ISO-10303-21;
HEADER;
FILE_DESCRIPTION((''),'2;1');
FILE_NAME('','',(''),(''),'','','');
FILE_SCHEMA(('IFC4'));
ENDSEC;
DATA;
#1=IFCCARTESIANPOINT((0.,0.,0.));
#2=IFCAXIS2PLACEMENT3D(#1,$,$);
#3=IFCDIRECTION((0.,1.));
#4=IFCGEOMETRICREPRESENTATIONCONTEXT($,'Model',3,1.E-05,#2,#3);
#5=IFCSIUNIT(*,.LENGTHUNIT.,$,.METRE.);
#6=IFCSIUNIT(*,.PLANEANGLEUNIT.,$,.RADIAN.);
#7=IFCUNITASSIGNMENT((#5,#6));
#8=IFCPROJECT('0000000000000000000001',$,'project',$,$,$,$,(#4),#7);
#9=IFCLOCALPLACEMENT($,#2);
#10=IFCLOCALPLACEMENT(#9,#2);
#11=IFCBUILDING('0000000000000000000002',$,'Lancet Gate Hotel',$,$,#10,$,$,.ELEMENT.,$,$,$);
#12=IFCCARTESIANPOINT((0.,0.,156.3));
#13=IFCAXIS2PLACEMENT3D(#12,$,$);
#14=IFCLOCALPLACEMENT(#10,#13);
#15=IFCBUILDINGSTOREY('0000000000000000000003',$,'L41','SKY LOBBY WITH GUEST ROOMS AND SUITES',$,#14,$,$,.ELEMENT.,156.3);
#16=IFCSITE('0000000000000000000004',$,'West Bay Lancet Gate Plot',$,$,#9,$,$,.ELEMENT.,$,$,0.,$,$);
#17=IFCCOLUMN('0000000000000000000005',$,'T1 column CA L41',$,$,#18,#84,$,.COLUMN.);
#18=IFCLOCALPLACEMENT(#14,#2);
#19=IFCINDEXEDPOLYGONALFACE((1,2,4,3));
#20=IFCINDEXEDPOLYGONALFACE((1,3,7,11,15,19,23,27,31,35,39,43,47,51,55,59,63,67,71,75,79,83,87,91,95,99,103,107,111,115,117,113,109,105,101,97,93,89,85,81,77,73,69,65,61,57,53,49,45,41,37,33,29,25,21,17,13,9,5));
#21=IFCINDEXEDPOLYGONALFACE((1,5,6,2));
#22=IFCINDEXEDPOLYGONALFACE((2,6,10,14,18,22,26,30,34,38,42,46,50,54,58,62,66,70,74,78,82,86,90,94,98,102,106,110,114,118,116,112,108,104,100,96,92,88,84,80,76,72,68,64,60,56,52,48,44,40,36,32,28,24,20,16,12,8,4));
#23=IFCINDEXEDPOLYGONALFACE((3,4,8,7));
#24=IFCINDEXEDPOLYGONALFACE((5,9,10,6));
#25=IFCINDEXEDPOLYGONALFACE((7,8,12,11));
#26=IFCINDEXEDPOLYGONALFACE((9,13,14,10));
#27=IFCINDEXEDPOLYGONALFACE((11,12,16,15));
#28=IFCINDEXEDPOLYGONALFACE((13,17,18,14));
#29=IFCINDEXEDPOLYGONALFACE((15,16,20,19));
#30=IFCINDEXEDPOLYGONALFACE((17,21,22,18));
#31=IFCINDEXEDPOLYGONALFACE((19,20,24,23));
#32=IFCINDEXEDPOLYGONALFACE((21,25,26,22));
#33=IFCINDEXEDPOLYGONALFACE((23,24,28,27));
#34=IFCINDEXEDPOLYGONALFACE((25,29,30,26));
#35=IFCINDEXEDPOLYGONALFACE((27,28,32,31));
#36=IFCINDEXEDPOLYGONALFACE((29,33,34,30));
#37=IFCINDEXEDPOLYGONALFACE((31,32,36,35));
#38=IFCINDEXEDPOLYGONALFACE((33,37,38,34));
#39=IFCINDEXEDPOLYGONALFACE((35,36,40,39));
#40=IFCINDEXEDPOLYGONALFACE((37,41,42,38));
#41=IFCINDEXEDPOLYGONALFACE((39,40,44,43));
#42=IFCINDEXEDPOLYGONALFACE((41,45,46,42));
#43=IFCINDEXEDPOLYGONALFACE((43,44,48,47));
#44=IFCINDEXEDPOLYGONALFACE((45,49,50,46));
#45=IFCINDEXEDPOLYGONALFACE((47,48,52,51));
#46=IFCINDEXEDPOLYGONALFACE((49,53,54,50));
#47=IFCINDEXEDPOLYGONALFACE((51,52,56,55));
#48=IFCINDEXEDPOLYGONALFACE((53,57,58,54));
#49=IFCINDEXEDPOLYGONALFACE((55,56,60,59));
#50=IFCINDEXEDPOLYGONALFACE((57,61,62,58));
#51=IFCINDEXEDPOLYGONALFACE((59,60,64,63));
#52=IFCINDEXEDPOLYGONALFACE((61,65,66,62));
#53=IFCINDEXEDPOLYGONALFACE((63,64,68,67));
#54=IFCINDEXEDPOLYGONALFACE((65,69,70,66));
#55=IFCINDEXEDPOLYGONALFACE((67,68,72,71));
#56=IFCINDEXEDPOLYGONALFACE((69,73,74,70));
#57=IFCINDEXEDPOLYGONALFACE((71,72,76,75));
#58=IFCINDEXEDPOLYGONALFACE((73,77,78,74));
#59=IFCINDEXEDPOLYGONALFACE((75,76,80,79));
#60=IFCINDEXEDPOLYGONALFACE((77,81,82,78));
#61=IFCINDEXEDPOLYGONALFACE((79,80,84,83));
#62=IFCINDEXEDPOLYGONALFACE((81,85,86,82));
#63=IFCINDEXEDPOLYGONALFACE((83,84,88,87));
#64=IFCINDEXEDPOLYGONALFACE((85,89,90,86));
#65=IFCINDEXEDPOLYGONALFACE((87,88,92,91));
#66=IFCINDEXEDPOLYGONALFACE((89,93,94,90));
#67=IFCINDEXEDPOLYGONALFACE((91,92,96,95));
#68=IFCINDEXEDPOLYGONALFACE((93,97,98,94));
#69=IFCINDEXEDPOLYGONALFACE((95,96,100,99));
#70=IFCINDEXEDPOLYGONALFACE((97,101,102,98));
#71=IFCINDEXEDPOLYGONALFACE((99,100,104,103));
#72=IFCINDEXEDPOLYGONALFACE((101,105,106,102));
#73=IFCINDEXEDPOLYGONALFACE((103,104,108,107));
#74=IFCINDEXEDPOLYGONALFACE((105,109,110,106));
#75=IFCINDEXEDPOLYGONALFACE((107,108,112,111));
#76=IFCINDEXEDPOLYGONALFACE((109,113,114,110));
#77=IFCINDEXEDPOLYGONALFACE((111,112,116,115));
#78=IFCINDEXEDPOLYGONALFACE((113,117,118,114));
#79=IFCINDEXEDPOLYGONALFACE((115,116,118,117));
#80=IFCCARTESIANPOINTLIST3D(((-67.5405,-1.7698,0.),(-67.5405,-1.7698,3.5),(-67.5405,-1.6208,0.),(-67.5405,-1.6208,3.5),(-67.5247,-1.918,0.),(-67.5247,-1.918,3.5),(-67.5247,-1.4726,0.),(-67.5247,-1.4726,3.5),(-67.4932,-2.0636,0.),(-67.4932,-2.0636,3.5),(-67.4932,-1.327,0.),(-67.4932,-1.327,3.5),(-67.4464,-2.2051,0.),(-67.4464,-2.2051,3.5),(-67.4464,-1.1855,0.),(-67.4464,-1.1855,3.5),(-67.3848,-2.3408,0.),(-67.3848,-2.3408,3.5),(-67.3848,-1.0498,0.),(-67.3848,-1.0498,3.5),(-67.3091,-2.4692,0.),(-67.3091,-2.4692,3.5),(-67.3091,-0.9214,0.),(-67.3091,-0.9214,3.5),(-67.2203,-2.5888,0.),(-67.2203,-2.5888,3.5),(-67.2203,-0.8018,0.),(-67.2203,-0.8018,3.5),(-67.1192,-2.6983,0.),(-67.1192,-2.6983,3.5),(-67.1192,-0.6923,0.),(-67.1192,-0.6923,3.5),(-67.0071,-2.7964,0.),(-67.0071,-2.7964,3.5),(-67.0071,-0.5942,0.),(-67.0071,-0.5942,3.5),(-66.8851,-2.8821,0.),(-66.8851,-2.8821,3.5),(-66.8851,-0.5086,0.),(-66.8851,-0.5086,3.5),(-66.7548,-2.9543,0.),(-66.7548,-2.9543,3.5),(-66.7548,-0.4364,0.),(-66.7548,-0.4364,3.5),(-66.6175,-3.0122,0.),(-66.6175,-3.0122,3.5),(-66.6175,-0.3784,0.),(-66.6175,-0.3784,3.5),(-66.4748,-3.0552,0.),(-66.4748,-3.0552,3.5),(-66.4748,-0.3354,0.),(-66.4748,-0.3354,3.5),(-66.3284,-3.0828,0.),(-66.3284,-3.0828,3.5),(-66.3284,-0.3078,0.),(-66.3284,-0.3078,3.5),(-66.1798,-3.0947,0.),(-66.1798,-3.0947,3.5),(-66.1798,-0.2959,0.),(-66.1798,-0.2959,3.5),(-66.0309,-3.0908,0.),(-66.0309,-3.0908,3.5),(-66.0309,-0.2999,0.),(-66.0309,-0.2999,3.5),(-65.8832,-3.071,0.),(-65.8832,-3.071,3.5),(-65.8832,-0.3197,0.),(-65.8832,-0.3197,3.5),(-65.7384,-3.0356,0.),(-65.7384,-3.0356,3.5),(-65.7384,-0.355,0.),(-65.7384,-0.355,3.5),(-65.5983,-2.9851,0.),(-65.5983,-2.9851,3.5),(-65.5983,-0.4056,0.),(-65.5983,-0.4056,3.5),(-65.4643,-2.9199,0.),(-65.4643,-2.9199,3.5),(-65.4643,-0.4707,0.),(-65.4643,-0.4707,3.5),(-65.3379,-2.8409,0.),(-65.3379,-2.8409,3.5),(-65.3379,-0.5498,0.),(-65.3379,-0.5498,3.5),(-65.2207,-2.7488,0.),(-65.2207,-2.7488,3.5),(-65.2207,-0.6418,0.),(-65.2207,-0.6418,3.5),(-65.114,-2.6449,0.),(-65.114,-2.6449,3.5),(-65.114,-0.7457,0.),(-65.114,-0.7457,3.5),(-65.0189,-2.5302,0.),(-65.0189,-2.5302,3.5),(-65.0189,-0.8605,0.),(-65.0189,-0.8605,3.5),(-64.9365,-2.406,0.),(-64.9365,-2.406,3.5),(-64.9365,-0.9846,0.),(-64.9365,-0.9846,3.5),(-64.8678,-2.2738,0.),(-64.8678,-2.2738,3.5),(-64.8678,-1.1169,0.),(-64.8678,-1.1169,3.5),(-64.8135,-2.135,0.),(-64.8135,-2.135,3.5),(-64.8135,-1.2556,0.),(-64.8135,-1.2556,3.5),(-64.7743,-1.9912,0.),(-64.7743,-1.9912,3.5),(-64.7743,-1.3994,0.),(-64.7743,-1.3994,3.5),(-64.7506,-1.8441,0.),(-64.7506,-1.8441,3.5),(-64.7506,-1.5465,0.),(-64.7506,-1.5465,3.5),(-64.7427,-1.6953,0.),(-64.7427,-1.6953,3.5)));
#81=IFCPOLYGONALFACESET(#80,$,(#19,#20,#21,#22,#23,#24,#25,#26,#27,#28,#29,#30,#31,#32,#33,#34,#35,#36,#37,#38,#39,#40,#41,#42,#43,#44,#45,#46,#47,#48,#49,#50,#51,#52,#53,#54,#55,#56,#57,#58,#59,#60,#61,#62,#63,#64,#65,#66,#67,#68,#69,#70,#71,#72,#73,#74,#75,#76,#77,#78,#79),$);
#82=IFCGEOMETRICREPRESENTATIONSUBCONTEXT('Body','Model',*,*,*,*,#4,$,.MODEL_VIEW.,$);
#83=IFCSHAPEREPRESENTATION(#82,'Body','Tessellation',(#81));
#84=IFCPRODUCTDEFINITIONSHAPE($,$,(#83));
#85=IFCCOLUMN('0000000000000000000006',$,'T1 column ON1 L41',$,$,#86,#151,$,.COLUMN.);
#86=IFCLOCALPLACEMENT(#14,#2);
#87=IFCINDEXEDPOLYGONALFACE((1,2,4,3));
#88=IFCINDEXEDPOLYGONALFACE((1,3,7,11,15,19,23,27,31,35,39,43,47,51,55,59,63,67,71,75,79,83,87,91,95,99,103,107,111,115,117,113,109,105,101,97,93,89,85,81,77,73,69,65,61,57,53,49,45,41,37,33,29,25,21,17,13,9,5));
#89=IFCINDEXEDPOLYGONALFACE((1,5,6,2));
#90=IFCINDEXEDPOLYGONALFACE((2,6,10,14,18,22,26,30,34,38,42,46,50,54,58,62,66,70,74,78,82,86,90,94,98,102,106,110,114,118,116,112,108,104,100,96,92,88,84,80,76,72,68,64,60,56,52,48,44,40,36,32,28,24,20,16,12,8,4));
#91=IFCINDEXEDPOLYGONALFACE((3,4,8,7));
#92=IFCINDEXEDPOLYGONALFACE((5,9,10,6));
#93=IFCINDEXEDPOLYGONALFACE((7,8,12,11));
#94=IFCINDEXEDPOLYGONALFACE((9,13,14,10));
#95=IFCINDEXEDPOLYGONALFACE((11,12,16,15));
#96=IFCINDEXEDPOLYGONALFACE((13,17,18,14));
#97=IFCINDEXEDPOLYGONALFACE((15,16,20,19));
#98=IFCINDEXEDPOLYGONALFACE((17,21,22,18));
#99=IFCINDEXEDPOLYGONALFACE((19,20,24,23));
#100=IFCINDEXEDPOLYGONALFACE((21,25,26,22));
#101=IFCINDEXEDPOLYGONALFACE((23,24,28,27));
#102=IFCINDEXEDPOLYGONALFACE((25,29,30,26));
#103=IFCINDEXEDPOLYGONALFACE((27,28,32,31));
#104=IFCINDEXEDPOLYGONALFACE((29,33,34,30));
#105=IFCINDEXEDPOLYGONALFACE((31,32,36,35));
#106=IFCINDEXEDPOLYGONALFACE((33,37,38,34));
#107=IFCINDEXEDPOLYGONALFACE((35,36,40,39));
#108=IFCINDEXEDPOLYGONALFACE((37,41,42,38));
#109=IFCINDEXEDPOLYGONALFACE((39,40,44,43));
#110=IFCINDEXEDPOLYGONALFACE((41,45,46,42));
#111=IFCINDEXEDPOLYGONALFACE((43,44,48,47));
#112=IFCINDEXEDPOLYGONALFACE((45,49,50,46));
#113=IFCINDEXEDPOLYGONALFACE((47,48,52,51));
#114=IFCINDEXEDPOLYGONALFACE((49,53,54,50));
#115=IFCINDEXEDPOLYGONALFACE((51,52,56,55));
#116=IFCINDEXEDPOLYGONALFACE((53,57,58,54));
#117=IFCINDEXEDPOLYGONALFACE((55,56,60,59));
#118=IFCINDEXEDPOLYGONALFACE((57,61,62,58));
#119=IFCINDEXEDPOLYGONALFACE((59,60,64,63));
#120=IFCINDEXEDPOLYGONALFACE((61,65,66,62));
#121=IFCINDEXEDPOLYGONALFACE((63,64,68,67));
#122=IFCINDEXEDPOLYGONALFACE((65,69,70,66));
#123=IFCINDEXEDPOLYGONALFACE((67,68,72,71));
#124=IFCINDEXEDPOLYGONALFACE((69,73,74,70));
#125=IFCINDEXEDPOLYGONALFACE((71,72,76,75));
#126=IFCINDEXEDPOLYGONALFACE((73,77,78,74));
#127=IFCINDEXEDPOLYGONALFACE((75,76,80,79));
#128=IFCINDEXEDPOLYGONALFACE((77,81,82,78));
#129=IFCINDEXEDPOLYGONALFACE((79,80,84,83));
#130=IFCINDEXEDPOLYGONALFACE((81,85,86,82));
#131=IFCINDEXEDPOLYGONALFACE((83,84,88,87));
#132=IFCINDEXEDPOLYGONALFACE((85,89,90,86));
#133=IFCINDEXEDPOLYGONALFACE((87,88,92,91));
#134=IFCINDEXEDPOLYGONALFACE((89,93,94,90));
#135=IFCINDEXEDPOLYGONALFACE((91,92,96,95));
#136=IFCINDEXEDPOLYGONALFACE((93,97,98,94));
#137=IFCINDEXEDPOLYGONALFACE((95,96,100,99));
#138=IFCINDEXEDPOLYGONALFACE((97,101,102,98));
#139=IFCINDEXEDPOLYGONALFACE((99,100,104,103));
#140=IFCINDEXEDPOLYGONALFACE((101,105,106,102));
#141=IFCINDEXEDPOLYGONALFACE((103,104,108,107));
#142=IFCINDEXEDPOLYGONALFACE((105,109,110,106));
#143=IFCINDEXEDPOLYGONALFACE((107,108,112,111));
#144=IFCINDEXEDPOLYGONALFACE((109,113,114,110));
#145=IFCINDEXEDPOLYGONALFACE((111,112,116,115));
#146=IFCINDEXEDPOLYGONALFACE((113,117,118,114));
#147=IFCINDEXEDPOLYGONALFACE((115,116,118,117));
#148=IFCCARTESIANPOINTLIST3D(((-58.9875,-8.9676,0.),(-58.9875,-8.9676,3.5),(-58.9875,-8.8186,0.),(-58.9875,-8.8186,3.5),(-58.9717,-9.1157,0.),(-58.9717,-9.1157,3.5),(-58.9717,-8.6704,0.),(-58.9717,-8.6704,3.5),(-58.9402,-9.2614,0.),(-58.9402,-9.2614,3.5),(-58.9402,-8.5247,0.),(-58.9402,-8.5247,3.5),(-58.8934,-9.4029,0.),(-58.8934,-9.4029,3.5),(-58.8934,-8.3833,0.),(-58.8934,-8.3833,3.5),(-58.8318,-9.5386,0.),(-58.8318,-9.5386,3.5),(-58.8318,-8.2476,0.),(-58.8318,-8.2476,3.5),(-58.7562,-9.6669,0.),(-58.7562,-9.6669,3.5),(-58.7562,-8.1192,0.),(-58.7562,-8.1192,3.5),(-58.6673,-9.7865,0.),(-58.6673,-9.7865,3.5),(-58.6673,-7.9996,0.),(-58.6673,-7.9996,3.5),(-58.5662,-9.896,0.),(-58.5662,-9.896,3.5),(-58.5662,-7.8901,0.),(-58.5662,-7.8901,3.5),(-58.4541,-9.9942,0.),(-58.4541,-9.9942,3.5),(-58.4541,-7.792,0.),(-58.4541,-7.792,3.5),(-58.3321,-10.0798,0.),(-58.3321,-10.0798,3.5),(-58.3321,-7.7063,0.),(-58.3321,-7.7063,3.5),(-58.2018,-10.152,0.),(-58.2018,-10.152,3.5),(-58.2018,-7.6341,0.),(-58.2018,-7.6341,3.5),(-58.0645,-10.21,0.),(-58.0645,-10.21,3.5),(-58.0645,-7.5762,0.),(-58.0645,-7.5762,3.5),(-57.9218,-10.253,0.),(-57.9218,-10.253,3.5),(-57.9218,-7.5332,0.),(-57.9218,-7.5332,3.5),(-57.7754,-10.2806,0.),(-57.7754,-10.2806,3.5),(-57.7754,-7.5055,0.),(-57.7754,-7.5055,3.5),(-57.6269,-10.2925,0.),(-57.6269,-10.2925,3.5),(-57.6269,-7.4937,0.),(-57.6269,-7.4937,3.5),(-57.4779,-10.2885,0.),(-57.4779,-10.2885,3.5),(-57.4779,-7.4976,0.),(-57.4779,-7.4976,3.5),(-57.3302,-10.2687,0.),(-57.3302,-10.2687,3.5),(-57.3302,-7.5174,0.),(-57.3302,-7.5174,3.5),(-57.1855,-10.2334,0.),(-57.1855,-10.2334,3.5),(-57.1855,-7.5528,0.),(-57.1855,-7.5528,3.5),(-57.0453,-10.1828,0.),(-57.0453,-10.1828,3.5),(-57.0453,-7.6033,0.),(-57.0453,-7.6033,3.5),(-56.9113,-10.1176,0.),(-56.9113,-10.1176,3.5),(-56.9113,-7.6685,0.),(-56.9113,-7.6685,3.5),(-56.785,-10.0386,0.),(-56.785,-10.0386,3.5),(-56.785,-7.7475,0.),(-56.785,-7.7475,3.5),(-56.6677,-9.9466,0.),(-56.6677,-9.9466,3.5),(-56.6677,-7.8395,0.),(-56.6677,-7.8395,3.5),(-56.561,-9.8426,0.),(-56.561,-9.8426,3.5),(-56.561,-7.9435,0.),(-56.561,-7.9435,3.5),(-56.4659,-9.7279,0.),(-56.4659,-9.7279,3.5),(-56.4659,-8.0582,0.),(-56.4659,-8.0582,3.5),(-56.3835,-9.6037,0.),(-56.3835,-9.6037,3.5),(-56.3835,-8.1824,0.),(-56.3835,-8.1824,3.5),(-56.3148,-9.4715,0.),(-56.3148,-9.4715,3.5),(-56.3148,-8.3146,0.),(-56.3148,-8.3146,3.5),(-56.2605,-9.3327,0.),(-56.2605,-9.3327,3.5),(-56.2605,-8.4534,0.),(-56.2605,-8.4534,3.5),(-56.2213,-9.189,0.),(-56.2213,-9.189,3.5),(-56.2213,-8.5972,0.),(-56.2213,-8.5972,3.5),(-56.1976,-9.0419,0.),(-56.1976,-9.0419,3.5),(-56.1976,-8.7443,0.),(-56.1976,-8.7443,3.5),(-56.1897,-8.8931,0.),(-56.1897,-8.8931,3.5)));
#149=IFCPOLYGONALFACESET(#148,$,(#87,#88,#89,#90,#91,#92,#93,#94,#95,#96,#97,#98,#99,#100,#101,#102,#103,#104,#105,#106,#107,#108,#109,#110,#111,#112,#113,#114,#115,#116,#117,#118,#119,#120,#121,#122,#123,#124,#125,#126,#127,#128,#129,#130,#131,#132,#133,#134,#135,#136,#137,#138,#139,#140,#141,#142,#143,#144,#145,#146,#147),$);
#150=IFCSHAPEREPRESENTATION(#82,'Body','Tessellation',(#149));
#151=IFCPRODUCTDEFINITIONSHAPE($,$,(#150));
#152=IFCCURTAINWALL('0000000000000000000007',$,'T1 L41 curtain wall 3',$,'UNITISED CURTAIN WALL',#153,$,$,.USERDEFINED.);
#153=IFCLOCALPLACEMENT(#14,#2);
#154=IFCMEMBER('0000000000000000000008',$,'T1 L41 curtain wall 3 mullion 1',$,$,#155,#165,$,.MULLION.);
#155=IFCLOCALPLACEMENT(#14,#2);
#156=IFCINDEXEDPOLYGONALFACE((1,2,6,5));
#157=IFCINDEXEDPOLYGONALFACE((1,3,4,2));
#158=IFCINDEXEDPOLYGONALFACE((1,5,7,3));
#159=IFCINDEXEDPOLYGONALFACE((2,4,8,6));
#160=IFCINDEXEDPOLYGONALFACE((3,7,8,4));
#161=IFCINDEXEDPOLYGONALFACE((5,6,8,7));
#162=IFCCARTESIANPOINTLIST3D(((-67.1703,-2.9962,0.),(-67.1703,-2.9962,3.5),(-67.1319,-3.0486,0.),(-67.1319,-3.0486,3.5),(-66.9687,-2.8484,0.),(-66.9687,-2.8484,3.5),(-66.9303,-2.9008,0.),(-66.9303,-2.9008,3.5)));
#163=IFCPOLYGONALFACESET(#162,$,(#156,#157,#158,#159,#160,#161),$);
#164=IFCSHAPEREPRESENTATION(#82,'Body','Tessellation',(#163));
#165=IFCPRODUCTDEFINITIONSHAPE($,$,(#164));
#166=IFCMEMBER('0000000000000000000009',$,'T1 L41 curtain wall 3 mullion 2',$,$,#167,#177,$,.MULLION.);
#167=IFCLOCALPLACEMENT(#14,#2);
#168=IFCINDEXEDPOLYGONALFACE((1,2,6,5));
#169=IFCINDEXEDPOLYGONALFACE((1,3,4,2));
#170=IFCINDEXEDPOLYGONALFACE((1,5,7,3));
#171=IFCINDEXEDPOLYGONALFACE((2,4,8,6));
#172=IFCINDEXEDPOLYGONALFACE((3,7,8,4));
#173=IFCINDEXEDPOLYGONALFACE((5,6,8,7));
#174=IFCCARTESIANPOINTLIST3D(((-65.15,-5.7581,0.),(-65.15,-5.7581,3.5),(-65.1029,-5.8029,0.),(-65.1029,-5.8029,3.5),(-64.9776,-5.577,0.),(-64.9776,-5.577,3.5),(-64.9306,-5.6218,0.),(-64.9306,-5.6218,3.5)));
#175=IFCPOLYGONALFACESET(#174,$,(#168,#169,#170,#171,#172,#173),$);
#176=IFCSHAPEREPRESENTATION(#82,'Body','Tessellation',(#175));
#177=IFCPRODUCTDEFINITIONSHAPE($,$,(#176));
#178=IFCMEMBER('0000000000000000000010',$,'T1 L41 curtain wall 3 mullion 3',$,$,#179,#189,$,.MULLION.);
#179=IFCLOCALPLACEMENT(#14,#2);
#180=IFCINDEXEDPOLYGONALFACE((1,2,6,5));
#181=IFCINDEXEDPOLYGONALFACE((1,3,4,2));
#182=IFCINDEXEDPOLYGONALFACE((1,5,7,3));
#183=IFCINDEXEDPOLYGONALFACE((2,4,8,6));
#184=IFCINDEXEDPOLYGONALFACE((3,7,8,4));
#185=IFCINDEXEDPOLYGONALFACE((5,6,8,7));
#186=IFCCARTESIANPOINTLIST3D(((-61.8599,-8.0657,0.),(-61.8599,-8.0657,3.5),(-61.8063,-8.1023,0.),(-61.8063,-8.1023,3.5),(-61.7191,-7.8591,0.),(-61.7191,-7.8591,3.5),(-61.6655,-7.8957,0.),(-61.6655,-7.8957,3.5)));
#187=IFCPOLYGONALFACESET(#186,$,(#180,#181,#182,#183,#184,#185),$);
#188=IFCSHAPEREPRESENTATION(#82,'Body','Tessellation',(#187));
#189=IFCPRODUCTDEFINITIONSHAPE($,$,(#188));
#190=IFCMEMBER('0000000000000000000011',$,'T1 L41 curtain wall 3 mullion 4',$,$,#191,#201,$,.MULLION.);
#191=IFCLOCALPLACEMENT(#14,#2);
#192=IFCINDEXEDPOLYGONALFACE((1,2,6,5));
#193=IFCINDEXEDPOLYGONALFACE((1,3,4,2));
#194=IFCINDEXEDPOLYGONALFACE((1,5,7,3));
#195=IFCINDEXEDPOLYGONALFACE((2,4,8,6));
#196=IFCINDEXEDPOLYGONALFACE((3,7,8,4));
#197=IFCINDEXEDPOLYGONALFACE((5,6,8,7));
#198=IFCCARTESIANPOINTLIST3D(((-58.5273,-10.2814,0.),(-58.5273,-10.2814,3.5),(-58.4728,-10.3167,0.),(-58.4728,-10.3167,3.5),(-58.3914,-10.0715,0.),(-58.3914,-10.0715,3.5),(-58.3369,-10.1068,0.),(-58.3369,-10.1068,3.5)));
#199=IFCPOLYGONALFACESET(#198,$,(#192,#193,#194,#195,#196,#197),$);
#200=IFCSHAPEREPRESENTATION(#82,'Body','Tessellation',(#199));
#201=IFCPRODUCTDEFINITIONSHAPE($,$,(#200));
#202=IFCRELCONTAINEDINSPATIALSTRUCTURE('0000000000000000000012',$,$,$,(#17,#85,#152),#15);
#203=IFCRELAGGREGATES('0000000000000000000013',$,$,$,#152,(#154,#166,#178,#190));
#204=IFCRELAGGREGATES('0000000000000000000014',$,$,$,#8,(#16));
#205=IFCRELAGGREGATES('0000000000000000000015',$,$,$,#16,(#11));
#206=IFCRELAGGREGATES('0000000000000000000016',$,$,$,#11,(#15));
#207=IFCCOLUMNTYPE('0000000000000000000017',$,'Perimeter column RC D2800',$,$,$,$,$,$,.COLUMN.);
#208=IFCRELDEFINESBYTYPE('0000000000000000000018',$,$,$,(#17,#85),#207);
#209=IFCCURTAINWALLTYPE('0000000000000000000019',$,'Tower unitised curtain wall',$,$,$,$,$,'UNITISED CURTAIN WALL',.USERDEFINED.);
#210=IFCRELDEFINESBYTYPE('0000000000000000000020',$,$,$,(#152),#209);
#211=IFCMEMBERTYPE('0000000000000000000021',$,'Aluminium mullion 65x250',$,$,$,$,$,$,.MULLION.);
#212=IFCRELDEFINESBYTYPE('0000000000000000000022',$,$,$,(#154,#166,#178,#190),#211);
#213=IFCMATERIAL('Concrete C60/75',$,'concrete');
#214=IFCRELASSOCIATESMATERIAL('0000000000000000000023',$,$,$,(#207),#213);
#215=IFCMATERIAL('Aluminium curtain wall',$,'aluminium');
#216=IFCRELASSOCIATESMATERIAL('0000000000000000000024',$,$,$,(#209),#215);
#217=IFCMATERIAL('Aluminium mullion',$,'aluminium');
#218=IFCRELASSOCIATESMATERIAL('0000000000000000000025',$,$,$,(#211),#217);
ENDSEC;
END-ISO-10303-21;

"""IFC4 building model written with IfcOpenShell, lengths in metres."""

from ifc_helpers import new_model, si_unit, direction, frame, origin, origin_2d, place, context, subcontext, project, spatial, rectangle, circle, extrude, material, material_profile, profile_set, type_object, element, aggregate, save


model = new_model("IFC4")

# Units and contexts
model_context = context("Model", 3, precision=1e-05, world=origin(), true_north=direction((0.0, 1.0)))
body_context = subcontext(model_context, "Body", "Model", "MODEL_VIEW")
ifc_project = project(units=[si_unit("LENGTHUNIT", "METRE"), si_unit("PLANEANGLEUNIT", "RADIAN")], contexts=[model_context])

# Site, building, storey
site_placement = place(None, origin())
site = spatial("IfcSite", under=ifc_project, at=site_placement, Name="West Bay Lancet Gate Plot", CompositionType="ELEMENT", RefElevation=0.0)
building_placement = place(site_placement, origin())
building = spatial("IfcBuilding", under=site, at=building_placement, Name="Lancet Gate Hotel", CompositionType="ELEMENT")
storey_placement = place(building_placement, frame((0.0, 0.0, 156.3)))
storey = spatial("IfcBuildingStorey", under=building, at=storey_placement, Name="L41", Description="SKY LOBBY WITH GUEST ROOMS AND SUITES", CompositionType="ELEMENT", Elevation=156.3)

# Columns
ifc_material_1 = material(Name="Concrete C60/75", Category="concrete")
ifc_material_profile_1 = material_profile(ifc_material_1, circle(Radius=1.3999, at=origin_2d()), Name="RC D2800")
ifc_profile_set_1 = profile_set([ifc_material_profile_1], Name="Concrete C60/75")
column_type = type_object("IfcColumnType", Name="Perimeter column RC D2800", PredefinedType="COLUMN", material=ifc_profile_set_1)
for number, where, z_axis, x_axis, name in (
    (1, (-66.1426, -1.6953, 0.0), (0.0, 0.0, 1.0), (1.0, 0.0, 0.0), "T1 column CA L41"),
    (2, (-57.5896, -8.8931, 0.0), (0.0, 0.0, 1.0), (1.0, 0.0, 0.0), "T1 column ON1 L41"),
):
    element("IfcColumn", number, at=place(storey_placement, frame(where, z_axis=z_axis, x_axis=x_axis)), inside=storey, type_object=column_type, Name=name, PredefinedType="COLUMN", context=body_context, shape_type="SweptSolid", body=[
        extrude(circle(Radius=1.3999, at=origin_2d()), origin(), (0.0, 0.0, 1.0), 3.5),
    ])

# Curtain wall, members
ifc_material_2 = material(Name="Aluminium curtain wall", Category="aluminium")
curtain_wall_type = type_object("IfcCurtainWallType", Name="Tower unitised curtain wall", ElementType="UNITISED CURTAIN WALL", PredefinedType="USERDEFINED", material=ifc_material_2)
curtain_wall_placement = place(storey_placement, origin())
curtain_wall = element("IfcCurtainWall", 3, at=curtain_wall_placement, inside=storey, type_object=curtain_wall_type, Name="T1 L41 curtain wall 3", ObjectType="UNITISED CURTAIN WALL", PredefinedType="USERDEFINED")
ifc_material_3 = material(Name="Aluminium mullion", Category="aluminium")
ifc_material_profile_2 = material_profile(ifc_material_3, rectangle(XDim=0.0649, YDim=0.25, at=origin_2d()), Name="MULLION 65x250")
ifc_profile_set_2 = profile_set([ifc_material_profile_2], Name="Aluminium mullion")
member_type_1 = type_object("IfcMemberType", Name="Aluminium mullion 65x250", PredefinedType="MULLION", material=ifc_profile_set_2)
member_1_placement = place(storey_placement, frame((-67.0503, -2.9485, 0.0), z_axis=(0.0, 0.0, 1.0), x_axis=(0.5913, -0.806452, 0.0)))
member_1 = element("IfcMember", 4, at=member_1_placement, type_object=member_type_1, Name="T1 L41 curtain wall 3 mullion 1", PredefinedType="MULLION", context=body_context, shape_type="SweptSolid", body=[
    extrude(rectangle(XDim=0.0649, YDim=0.25, at=origin_2d()), origin(), (0.0, 0.0, 1.0), 3.5),
])
member_2_placement = place(storey_placement, frame((-65.0403, -5.6899, 0.0), z_axis=(0.0, 0.0, 1.0), x_axis=(0.724382, -0.689399, 0.0)))
member_2 = element("IfcMember", 5, at=member_2_placement, type_object=member_type_1, Name="T1 L41 curtain wall 3 mullion 2", PredefinedType="MULLION", context=body_context, shape_type="SweptSolid", body=[
    extrude(rectangle(XDim=0.0649, YDim=0.25, at=origin_2d()), origin(), (0.0, 0.0, 1.0), 3.5),
])
member_3_placement = place(storey_placement, frame((-61.7627, -7.9807, 0.0), z_axis=(0.0, 0.0, 1.0), x_axis=(0.826312, -0.563212, 0.0)))
member_3 = element("IfcMember", 6, at=member_3_placement, type_object=member_type_1, Name="T1 L41 curtain wall 3 mullion 3", PredefinedType="MULLION", context=body_context, shape_type="SweptSolid", body=[
    extrude(rectangle(XDim=0.0649, YDim=0.25, at=origin_2d()), origin(), (0.0, 0.0, 1.0), 3.5),
])
member_4_placement = place(storey_placement, frame((-58.4321, -10.1941, 0.0), z_axis=(0.0, 0.0, 1.0), x_axis=(0.839331, -0.543621, 0.0)))
member_4 = element("IfcMember", 7, at=member_4_placement, type_object=member_type_1, Name="T1 L41 curtain wall 3 mullion 4", PredefinedType="MULLION", context=body_context, shape_type="SweptSolid", body=[
    extrude(rectangle(XDim=0.0649, YDim=0.25, at=origin_2d()), origin(), (0.0, 0.0, 1.0), 3.5),
])

aggregate(curtain_wall, [member_1, member_2, member_3, member_4])

save(model, "model.ifc")
